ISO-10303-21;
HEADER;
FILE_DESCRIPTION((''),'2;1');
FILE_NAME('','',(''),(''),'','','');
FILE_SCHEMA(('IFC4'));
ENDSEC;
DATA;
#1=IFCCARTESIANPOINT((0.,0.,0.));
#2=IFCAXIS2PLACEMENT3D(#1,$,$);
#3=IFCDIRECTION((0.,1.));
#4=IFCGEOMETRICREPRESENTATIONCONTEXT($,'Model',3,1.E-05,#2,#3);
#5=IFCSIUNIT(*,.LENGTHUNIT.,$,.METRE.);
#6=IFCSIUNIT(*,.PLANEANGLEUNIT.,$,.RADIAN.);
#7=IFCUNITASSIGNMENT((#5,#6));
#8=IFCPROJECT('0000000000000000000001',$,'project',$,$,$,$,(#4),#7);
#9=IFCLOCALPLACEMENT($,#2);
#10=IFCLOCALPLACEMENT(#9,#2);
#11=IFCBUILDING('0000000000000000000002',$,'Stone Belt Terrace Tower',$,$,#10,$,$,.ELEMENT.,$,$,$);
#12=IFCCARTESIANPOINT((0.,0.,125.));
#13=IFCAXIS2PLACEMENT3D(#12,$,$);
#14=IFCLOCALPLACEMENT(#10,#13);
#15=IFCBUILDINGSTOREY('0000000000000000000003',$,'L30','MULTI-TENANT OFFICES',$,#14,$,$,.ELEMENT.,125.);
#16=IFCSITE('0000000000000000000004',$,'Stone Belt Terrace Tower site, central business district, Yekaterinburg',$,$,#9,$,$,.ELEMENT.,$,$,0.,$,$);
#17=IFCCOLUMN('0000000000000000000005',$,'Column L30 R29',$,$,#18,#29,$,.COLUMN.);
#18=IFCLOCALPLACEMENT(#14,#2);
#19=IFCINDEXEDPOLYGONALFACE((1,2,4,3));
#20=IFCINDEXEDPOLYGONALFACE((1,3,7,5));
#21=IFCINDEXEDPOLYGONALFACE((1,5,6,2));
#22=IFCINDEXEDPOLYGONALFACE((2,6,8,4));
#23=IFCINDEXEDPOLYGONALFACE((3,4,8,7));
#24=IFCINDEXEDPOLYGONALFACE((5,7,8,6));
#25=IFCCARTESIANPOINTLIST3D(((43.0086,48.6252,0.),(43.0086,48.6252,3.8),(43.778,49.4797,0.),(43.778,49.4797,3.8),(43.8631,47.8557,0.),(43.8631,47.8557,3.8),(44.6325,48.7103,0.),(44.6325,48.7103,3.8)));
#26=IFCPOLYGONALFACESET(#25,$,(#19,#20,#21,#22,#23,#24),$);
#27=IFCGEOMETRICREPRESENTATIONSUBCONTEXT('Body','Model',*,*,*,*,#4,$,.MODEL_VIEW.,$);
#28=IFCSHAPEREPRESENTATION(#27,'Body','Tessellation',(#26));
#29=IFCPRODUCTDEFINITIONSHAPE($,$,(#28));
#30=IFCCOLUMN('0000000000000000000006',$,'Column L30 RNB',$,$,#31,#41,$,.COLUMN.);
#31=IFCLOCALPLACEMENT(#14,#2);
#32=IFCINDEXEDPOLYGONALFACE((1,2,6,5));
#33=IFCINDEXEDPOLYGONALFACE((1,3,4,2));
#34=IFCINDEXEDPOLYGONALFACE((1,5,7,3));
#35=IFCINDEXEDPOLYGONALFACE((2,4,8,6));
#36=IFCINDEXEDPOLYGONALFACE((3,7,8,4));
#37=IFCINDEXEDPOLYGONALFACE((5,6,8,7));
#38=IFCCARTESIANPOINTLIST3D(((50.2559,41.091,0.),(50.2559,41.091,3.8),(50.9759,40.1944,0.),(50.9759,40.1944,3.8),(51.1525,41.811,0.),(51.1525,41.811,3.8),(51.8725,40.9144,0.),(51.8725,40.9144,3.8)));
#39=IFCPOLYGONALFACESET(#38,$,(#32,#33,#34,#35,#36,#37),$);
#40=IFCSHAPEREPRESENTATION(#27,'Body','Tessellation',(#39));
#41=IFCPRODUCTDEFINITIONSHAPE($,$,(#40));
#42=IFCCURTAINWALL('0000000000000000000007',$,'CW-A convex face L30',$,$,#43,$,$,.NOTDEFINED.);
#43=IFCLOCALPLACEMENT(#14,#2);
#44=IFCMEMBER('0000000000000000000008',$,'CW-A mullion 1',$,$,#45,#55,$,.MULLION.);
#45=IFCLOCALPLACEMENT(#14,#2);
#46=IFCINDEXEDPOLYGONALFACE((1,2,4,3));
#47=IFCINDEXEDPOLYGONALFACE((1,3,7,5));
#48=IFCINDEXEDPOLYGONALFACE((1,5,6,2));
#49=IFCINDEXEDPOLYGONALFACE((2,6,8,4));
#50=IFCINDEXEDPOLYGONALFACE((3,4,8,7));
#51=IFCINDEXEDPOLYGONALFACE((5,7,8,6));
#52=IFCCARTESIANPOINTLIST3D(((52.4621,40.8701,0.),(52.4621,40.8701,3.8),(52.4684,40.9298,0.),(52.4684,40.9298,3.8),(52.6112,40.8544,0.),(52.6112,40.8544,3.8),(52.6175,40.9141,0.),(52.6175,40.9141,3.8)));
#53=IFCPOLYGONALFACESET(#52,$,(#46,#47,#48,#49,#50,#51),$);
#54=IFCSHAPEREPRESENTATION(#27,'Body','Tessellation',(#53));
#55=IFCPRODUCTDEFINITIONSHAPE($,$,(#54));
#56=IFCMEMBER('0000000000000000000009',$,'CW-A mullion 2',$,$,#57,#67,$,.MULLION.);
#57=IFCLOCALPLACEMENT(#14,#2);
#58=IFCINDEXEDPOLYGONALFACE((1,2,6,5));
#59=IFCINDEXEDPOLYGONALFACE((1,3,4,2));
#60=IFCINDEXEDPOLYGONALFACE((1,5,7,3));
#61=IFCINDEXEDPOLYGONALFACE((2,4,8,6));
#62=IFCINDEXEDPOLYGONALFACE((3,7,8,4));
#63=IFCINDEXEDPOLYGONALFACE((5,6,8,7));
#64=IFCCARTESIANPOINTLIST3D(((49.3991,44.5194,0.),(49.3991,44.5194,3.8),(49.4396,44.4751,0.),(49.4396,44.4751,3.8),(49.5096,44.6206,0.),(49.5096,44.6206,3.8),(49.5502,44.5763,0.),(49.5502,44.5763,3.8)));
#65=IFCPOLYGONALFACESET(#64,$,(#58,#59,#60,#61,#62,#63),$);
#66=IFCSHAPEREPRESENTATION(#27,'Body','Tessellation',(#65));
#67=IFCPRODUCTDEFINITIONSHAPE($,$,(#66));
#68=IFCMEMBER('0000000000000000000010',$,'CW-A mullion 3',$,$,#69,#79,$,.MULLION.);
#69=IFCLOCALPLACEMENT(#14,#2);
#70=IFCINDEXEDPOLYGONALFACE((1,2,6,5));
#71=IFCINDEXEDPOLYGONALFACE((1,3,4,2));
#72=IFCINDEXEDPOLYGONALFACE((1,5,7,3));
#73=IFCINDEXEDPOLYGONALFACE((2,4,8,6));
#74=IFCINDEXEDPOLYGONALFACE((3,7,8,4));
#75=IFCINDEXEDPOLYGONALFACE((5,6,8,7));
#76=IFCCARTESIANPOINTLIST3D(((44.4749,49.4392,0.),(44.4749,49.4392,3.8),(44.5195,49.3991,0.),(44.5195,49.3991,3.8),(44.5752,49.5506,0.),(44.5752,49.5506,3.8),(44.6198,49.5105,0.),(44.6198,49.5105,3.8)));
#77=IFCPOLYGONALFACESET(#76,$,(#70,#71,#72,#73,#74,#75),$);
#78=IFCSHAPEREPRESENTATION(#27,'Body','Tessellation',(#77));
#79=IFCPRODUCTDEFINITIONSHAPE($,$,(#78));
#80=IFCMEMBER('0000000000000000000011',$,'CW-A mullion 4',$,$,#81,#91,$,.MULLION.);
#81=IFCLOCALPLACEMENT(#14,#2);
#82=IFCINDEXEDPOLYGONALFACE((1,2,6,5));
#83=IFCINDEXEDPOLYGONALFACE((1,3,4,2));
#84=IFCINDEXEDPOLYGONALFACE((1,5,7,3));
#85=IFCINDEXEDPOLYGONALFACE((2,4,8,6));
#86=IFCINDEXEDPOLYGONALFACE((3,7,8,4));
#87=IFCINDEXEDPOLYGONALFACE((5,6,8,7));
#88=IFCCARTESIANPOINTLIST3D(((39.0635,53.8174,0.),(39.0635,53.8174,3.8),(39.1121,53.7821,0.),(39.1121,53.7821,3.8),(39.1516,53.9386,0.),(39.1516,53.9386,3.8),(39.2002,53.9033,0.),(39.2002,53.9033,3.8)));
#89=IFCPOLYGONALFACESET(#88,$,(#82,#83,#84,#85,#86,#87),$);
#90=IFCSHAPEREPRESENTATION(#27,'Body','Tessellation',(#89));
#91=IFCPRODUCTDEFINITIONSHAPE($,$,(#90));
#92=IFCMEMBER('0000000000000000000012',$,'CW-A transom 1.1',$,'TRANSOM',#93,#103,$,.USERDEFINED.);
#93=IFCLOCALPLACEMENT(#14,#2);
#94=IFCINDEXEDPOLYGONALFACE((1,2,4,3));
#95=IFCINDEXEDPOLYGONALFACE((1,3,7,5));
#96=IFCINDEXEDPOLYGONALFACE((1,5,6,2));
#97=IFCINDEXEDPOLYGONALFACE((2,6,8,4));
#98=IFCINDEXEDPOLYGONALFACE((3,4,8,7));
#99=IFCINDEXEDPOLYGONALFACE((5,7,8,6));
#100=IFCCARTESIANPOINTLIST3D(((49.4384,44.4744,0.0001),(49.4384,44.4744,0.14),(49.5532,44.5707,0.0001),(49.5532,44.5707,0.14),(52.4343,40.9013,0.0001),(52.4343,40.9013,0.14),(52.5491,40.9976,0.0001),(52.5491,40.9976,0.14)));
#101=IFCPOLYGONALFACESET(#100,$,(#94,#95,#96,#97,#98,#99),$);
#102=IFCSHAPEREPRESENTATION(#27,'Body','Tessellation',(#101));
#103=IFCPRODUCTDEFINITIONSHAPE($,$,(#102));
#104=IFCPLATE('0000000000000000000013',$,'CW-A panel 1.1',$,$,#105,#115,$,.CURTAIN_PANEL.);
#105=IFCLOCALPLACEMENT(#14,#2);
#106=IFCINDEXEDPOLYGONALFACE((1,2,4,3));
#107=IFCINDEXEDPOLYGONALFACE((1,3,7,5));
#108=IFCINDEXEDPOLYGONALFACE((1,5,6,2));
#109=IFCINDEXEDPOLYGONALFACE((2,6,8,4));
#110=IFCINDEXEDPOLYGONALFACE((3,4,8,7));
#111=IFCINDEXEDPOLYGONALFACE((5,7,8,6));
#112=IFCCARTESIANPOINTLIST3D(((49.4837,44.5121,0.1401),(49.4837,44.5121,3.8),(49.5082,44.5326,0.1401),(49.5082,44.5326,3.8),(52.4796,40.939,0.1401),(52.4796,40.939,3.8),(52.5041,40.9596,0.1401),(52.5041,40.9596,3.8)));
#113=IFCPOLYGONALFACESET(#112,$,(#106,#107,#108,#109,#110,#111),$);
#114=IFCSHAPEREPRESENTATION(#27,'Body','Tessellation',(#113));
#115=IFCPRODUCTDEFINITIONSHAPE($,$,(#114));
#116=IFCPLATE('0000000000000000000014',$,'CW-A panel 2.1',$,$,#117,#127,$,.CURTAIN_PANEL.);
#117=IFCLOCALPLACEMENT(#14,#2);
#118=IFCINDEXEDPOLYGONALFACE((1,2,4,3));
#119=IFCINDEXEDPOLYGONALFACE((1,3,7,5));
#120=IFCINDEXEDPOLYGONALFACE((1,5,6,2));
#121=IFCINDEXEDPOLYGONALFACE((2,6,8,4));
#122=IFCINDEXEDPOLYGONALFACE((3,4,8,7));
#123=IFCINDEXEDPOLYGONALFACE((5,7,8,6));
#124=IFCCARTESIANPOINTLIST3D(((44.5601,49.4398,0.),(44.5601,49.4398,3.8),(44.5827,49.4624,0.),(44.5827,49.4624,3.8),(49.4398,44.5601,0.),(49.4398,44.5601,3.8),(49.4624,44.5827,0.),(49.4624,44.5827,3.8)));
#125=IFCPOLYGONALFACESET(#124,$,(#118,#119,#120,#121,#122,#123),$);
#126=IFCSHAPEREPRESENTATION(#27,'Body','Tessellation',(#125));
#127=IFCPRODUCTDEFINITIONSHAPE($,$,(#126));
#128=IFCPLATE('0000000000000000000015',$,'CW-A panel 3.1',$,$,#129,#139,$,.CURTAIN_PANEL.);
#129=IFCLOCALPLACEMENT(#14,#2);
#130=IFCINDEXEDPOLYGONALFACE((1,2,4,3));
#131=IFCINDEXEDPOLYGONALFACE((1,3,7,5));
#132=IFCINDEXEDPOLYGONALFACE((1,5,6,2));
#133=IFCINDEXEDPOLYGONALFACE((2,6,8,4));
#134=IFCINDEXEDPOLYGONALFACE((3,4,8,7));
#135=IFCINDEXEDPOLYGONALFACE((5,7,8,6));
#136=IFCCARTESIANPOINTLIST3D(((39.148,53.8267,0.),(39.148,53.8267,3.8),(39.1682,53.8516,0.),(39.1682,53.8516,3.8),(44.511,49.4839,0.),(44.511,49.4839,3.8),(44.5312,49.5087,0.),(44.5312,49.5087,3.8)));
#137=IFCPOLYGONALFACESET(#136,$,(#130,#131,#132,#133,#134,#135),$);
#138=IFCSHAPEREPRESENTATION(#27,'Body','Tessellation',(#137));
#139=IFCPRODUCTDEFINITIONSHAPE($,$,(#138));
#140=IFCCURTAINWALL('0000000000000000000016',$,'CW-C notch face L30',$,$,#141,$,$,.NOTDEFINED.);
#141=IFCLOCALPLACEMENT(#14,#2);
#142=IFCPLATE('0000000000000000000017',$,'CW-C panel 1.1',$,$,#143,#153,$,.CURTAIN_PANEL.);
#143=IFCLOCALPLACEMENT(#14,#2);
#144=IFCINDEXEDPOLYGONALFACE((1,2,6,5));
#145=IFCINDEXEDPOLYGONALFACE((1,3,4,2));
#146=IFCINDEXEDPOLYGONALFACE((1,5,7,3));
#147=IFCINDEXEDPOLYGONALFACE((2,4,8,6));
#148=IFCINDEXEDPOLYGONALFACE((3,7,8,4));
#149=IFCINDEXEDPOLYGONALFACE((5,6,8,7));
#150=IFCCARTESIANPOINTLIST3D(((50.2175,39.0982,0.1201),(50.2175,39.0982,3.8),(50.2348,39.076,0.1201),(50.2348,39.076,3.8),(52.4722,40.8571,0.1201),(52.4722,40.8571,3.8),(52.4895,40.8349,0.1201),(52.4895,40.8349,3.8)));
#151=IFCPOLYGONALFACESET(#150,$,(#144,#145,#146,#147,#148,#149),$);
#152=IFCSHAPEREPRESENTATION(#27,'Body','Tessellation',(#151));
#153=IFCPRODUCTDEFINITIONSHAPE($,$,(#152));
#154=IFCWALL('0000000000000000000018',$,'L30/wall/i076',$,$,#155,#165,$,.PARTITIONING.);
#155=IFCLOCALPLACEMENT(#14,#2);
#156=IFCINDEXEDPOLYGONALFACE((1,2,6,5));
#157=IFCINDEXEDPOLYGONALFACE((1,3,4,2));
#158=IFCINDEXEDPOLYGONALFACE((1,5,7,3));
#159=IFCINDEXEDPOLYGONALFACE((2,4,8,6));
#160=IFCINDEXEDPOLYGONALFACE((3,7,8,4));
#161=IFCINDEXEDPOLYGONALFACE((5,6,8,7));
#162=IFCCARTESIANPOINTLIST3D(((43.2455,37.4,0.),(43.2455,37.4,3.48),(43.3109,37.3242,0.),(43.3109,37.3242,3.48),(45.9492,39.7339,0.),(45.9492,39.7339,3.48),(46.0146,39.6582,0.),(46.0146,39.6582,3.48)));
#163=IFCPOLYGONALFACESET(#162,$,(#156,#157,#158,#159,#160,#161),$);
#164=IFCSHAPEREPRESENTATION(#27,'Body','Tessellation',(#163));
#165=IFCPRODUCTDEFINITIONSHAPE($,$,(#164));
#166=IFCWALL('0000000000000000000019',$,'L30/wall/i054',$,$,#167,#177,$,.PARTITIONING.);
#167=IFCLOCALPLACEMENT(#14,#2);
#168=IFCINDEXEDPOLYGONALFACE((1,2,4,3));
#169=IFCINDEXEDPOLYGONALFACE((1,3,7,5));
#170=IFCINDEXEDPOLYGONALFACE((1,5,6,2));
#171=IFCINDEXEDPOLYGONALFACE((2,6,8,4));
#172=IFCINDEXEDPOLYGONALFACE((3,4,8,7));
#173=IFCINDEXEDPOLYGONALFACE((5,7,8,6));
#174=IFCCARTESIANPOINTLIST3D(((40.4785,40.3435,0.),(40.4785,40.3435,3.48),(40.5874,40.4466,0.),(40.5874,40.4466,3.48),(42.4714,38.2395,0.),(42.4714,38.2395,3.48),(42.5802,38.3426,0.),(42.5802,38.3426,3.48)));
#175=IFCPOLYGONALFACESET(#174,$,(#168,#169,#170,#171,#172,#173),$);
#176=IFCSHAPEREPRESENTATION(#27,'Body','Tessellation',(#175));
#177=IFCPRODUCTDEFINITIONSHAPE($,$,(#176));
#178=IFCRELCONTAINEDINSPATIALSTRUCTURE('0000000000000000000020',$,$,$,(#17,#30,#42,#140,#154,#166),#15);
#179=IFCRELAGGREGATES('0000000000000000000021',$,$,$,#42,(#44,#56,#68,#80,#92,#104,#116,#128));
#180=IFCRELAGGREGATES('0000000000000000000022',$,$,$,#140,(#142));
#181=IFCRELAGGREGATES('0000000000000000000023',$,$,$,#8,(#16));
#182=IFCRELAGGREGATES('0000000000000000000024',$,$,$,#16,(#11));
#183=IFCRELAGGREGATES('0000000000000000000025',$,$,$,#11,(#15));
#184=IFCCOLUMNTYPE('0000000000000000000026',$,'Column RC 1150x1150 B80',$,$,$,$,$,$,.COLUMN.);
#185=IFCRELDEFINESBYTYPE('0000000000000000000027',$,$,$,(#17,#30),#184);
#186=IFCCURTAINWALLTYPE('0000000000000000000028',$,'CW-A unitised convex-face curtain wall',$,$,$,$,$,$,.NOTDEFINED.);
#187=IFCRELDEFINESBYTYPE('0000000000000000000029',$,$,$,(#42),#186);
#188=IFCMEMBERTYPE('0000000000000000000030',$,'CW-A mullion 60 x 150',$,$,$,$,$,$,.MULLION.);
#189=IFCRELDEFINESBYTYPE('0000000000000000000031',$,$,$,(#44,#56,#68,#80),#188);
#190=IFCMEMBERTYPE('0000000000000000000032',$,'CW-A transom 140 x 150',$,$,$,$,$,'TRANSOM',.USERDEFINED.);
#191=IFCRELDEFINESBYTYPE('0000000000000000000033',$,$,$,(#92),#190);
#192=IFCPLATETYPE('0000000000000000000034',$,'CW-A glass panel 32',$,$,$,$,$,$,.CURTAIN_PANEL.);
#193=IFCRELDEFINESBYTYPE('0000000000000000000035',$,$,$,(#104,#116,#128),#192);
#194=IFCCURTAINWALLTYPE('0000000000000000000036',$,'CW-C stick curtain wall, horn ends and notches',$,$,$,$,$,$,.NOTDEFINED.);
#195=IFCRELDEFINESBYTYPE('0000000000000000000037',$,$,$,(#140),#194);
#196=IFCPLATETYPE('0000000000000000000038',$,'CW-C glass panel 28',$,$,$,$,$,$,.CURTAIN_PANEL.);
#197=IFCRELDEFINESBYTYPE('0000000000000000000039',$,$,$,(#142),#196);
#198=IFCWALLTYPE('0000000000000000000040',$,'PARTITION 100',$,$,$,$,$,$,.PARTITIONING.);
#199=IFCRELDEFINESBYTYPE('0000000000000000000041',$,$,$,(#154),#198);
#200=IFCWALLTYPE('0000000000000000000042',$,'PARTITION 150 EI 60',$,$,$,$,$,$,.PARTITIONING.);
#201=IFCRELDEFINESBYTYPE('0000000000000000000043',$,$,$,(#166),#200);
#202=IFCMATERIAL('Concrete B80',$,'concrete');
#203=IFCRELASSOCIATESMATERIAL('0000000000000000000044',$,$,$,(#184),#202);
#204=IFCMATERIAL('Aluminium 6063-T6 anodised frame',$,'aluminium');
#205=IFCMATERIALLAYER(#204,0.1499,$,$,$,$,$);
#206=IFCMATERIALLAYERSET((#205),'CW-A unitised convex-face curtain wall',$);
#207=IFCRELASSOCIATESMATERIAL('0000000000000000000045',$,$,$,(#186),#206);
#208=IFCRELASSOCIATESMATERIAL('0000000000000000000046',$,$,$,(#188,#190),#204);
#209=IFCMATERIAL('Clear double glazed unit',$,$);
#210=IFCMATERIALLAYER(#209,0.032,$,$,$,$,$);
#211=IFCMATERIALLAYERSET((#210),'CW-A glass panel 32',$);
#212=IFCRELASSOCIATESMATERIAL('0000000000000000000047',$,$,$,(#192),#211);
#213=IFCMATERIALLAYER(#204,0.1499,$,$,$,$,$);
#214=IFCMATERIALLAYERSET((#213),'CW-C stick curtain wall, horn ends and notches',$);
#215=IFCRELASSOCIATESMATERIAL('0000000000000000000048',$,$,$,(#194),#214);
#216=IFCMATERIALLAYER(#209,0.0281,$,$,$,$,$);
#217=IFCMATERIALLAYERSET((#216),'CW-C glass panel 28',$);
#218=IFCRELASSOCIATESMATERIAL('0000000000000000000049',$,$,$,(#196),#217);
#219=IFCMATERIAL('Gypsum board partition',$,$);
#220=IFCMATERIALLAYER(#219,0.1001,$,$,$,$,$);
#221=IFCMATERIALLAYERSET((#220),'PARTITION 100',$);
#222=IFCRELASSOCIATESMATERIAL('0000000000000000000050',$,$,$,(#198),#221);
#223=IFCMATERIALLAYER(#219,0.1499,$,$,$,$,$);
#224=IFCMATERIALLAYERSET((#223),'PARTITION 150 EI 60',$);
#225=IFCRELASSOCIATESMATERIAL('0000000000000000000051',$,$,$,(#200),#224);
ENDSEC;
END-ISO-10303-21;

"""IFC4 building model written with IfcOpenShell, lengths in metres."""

from ifc_helpers import new_model, si_unit, direction, frame, frame_2d, origin, origin_2d, place, context, subcontext, project, spatial, rectangle, extrude, material, layer, layer_set, material_profile, profile_set, type_object, element, aggregate, save


model = new_model("IFC4")

# Units and contexts
model_context = context("Model", 3, precision=1e-05, world=origin(), true_north=direction((0.0, 1.0)))
body_context = subcontext(model_context, "Body", "Model", "MODEL_VIEW")
ifc_project = project(units=[si_unit("LENGTHUNIT", "METRE"), si_unit("PLANEANGLEUNIT", "RADIAN")], contexts=[model_context])

# Site, building, storey
site_placement = place(None, origin())
site = spatial("IfcSite", under=ifc_project, at=site_placement, Name="Stone Belt Terrace Tower site, central business district, Yekaterinburg", CompositionType="ELEMENT", RefElevation=0.0)
building_placement = place(site_placement, origin())
building = spatial("IfcBuilding", under=site, at=building_placement, Name="Stone Belt Terrace Tower", CompositionType="ELEMENT")
storey_placement = place(building_placement, frame((0.0, 0.0, 125.0)))
storey = spatial("IfcBuildingStorey", under=building, at=storey_placement, Name="L30", Description="MULTI-TENANT OFFICES", CompositionType="ELEMENT", Elevation=125.0)

# Columns
ifc_material_1 = material(Name="Concrete B80", Category="concrete")
ifc_material_profile_1 = material_profile(ifc_material_1, rectangle(XDim=1.1499, YDim=1.1499, at=origin_2d()), Name="RC 1150x1150")
ifc_profile_set_1 = profile_set([ifc_material_profile_1], Name="Concrete B80")
column_type = type_object("IfcColumnType", Name="Column RC 1150x1150 B80", PredefinedType="COLUMN", material=ifc_profile_set_1)
for number, where, z_axis, x_axis, name in (
    (1, (43.8206, 48.6677, 0.0), (0.0, 0.0, 1.0), (0.743145, -0.669131, 0.0), "Column L30 R29"),
    (2, (51.0642, 41.0027, 0.0), (0.0, 0.0, 1.0), (0.626104, -0.779739, 0.0), "Column L30 RNB"),
):
    element("IfcColumn", number, at=place(storey_placement, frame(where, z_axis=z_axis, x_axis=x_axis)), inside=storey, type_object=column_type, Name=name, PredefinedType="COLUMN", context=body_context, shape_type="SweptSolid", body=[
        extrude(rectangle(XDim=1.1499, YDim=1.1499, at=origin_2d()), origin(), (0.0, 0.0, 1.0), 3.8),
    ])

# Curtain wall, members, plates
ifc_material_2 = material(Name="Aluminium 6063-T6 anodised frame", Category="aluminium")
ifc_layer_1 = layer(ifc_material_2, 0.1499)
ifc_layer_set_1 = layer_set([ifc_layer_1], Name="CW-A unitised convex-face curtain wall")
curtain_wall_type_1 = type_object("IfcCurtainWallType", Name="CW-A unitised convex-face curtain wall", PredefinedType="NOTDEFINED", material=ifc_layer_set_1)
curtain_wall_1_placement = place(storey_placement, origin())
curtain_wall_1 = element("IfcCurtainWall", 3, at=curtain_wall_1_placement, inside=storey, type_object=curtain_wall_type_1, Name="CW-A convex face L30", PredefinedType="NOTDEFINED")
ifc_material_profile_2 = material_profile(ifc_material_2, rectangle(XDim=0.1499, YDim=0.0601, at=origin_2d()), Name="Aluminium 6063-T6 60x150")
ifc_profile_set_2 = profile_set([ifc_material_profile_2], Name="Aluminium 6063-T6 anodised frame")
member_type_1 = type_object("IfcMemberType", Name="CW-A mullion 60 x 150", PredefinedType="MULLION", material=ifc_profile_set_2)
member_1_placement = place(storey_placement, frame((52.5398, 40.8921, 0.0), z_axis=(0.0, 0.0, 1.0), x_axis=(-0.994465, 0.105071, 0.0)))
member_1 = element("IfcMember", 4, at=member_1_placement, type_object=member_type_1, Name="CW-A mullion 1", PredefinedType="MULLION", context=body_context, shape_type="SweptSolid", body=[
    extrude(rectangle(XDim=0.1499, YDim=0.0601, at=origin_2d()), origin(), (0.0, 0.0, 1.0), 3.8),
])
member_2_placement = place(storey_placement, frame((49.4746, 44.5479, 0.0), z_axis=(0.0, 0.0, 1.0), x_axis=(-0.7374, -0.675456, 0.0)))
member_2 = element("IfcMember", 5, at=member_2_placement, type_object=member_type_1, Name="CW-A mullion 2", PredefinedType="MULLION", context=body_context, shape_type="SweptSolid", body=[
    extrude(rectangle(XDim=0.1499, YDim=0.0601, at=origin_2d()), origin(), (0.0, 0.0, 1.0), 3.8),
])
member_3_placement = place(storey_placement, frame((44.5474, 49.4749, 0.0), z_axis=(0.0, 0.0, 1.0), x_axis=(-0.669131, -0.743145, 0.0)))
member_3 = element("IfcMember", 6, at=member_3_placement, type_object=member_type_1, Name="CW-A mullion 3", PredefinedType="MULLION", context=body_context, shape_type="SweptSolid", body=[
    extrude(rectangle(XDim=0.1499, YDim=0.0601, at=origin_2d()), origin(), (0.0, 0.0, 1.0), 3.8),
])
member_4_placement = place(storey_placement, frame((39.1318, 53.8604, 0.0), z_axis=(0.0, 0.0, 1.0), x_axis=(-0.587785, -0.809017, 0.0)))
member_4 = element("IfcMember", 7, at=member_4_placement, type_object=member_type_1, Name="CW-A mullion 4", PredefinedType="MULLION", context=body_context, shape_type="SweptSolid", body=[
    extrude(rectangle(XDim=0.1499, YDim=0.0601, at=origin_2d()), origin(), (0.0, 0.0, 1.0), 3.8),
])
ifc_material_profile_3 = material_profile(ifc_material_2, rectangle(XDim=0.1499, YDim=0.1399, at=origin_2d()), Name="Aluminium 6063-T6 150x140")
ifc_profile_set_3 = profile_set([ifc_material_profile_3], Name="Aluminium 6063-T6 anodised frame")
member_type_2 = type_object("IfcMemberType", Name="CW-A transom 140 x 150", ElementType="TRANSOM", PredefinedType="USERDEFINED", material=ifc_profile_set_3)
member_5_placement = place(storey_placement, frame((52.4917, 40.9495, 0.0701), z_axis=(-0.642504, 0.766282, 0.0), x_axis=(-0.766282, -0.642504, 0.0)))
member_5 = element("IfcMember", 8, at=member_5_placement, type_object=member_type_2, Name="CW-A transom 1.1", ObjectType="TRANSOM", PredefinedType="USERDEFINED", context=body_context, shape_type="SweptSolid", body=[
    extrude(rectangle(XDim=0.1499, YDim=0.1399, at=origin_2d()), origin(), (0.0, 0.0, 1.0), 4.6628),
])
ifc_material_3 = material(Name="Clear double glazed unit")
ifc_layer_2 = layer(ifc_material_3, 0.032)
ifc_layer_set_2 = layer_set([ifc_layer_2], Name="CW-A glass panel 32")
plate_type_1 = type_object("IfcPlateType", Name="CW-A glass panel 32", PredefinedType="CURTAIN_PANEL", material=ifc_layer_set_2)
plate_1_placement = place(storey_placement, frame((50.9939, 42.7358, 0.1401), z_axis=(0.0, 0.0, 1.0), x_axis=(-0.642509, 0.766278, 0.0)))
plate_1 = element("IfcPlate", 9, at=plate_1_placement, type_object=plate_type_1, Name="CW-A panel 1.1", PredefinedType="CURTAIN_PANEL", context=body_context, shape_type="SweptSolid", body=[
    extrude(rectangle(XDim=4.6628, YDim=0.032, at=origin_2d()), origin(), (0.0, 0.0, 1.0), 3.6599),
])
plate_2_placement = place(storey_placement, frame((47.0112, 47.0112, 0.0), z_axis=(0.0, 0.0, 1.0), x_axis=(-0.707107, 0.707107, 0.0)))
plate_2 = element("IfcPlate", 10, at=plate_2_placement, type_object=plate_type_1, Name="CW-A panel 2.1", PredefinedType="CURTAIN_PANEL", context=body_context, shape_type="SweptSolid", body=[
    extrude(rectangle(XDim=6.9009, YDim=0.032, at=origin_2d()), origin(), (0.0, 0.0, 1.0), 3.8),
])
plate_3_placement = place(storey_placement, frame((41.8396, 51.6677, 0.0), z_axis=(0.0, 0.0, 1.0), x_axis=(-0.777146, 0.62932, 0.0)))
plate_3 = element("IfcPlate", 11, at=plate_3_placement, type_object=plate_type_1, Name="CW-A panel 3.1", PredefinedType="CURTAIN_PANEL", context=body_context, shape_type="SweptSolid", body=[
    extrude(rectangle(XDim=6.9009, YDim=0.032, at=origin_2d()), origin(), (0.0, 0.0, 1.0), 3.8),
])
aggregate(curtain_wall_1, [member_1, member_2, member_3, member_4, member_5, plate_1, plate_2, plate_3])

# Curtain wall, plate
ifc_layer_3 = layer(ifc_material_2, 0.1499)
ifc_layer_set_3 = layer_set([ifc_layer_3], Name="CW-C stick curtain wall, horn ends and notches")
curtain_wall_type_2 = type_object("IfcCurtainWallType", Name="CW-C stick curtain wall, horn ends and notches", PredefinedType="NOTDEFINED", material=ifc_layer_set_3)
curtain_wall_2_placement = place(storey_placement, origin())
curtain_wall_2 = element("IfcCurtainWall", 12, at=curtain_wall_2_placement, inside=storey, type_object=curtain_wall_type_2, Name="CW-C notch face L30", PredefinedType="NOTDEFINED")
ifc_layer_4 = layer(ifc_material_3, 0.0281)
ifc_layer_set_4 = layer_set([ifc_layer_4], Name="CW-C glass panel 28")
plate_type_2 = type_object("IfcPlateType", Name="CW-C glass panel 28", PredefinedType="CURTAIN_PANEL", material=ifc_layer_set_4)
plate_4_placement = place(storey_placement, frame((51.3535, 39.9666, 0.1201), z_axis=(0.0, 0.0, 1.0), x_axis=(0.788458, 0.615089, 0.0)))
plate_4 = element("IfcPlate", 13, at=plate_4_placement, type_object=plate_type_2, Name="CW-C panel 1.1", PredefinedType="CURTAIN_PANEL", context=body_context, shape_type="SweptSolid", body=[
    extrude(rectangle(XDim=2.8596, YDim=0.0281, at=origin_2d()), origin(), (0.0, 0.0, 1.0), 3.6799),
])
aggregate(curtain_wall_2, [plate_4])

# Walls
ifc_material_4 = material(Name="Gypsum board partition")
ifc_layer_5 = layer(ifc_material_4, 0.1001)
ifc_layer_set_5 = layer_set([ifc_layer_5], Name="PARTITION 100")
wall_type_1 = type_object("IfcWallType", Name="PARTITION 100", PredefinedType="PARTITIONING", material=ifc_layer_set_5)
wall_1_placement = place(storey_placement, frame((45.9819, 39.696, 0.0), z_axis=(0.0, 0.0, 1.0), x_axis=(-0.756984, -0.653433, 0.0)))
element("IfcWall", 14, at=wall_1_placement, inside=storey, type_object=wall_type_1, Name="L30/wall/i076", PredefinedType="PARTITIONING", context=body_context, shape_type="SweptSolid", body=[
    extrude(rectangle(XDim=3.5718, YDim=0.1001, at=frame_2d((1.7859, 0.0))), origin(), (0.0, 0.0, 1.0), 3.48),
])
ifc_layer_6 = layer(ifc_material_4, 0.1499)
ifc_layer_set_6 = layer_set([ifc_layer_6], Name="PARTITION 150 EI 60")
wall_type_2 = type_object("IfcWallType", Name="PARTITION 150 EI 60", PredefinedType="PARTITIONING", material=ifc_layer_set_6)
wall_2_placement = place(storey_placement, frame((40.533, 40.395, 0.0), z_axis=(0.0, 0.0, 1.0), x_axis=(0.687682, -0.726012, 0.0)))
element("IfcWall", 15, at=wall_2_placement, inside=storey, type_object=wall_type_2, Name="L30/wall/i054", PredefinedType="PARTITIONING", context=body_context, shape_type="SweptSolid", body=[
    extrude(rectangle(XDim=2.8979, YDim=0.1499, at=frame_2d((1.449, 0.0))), origin(), (0.0, 0.0, 1.0), 3.48),
])

save(model, "model.ifc")
